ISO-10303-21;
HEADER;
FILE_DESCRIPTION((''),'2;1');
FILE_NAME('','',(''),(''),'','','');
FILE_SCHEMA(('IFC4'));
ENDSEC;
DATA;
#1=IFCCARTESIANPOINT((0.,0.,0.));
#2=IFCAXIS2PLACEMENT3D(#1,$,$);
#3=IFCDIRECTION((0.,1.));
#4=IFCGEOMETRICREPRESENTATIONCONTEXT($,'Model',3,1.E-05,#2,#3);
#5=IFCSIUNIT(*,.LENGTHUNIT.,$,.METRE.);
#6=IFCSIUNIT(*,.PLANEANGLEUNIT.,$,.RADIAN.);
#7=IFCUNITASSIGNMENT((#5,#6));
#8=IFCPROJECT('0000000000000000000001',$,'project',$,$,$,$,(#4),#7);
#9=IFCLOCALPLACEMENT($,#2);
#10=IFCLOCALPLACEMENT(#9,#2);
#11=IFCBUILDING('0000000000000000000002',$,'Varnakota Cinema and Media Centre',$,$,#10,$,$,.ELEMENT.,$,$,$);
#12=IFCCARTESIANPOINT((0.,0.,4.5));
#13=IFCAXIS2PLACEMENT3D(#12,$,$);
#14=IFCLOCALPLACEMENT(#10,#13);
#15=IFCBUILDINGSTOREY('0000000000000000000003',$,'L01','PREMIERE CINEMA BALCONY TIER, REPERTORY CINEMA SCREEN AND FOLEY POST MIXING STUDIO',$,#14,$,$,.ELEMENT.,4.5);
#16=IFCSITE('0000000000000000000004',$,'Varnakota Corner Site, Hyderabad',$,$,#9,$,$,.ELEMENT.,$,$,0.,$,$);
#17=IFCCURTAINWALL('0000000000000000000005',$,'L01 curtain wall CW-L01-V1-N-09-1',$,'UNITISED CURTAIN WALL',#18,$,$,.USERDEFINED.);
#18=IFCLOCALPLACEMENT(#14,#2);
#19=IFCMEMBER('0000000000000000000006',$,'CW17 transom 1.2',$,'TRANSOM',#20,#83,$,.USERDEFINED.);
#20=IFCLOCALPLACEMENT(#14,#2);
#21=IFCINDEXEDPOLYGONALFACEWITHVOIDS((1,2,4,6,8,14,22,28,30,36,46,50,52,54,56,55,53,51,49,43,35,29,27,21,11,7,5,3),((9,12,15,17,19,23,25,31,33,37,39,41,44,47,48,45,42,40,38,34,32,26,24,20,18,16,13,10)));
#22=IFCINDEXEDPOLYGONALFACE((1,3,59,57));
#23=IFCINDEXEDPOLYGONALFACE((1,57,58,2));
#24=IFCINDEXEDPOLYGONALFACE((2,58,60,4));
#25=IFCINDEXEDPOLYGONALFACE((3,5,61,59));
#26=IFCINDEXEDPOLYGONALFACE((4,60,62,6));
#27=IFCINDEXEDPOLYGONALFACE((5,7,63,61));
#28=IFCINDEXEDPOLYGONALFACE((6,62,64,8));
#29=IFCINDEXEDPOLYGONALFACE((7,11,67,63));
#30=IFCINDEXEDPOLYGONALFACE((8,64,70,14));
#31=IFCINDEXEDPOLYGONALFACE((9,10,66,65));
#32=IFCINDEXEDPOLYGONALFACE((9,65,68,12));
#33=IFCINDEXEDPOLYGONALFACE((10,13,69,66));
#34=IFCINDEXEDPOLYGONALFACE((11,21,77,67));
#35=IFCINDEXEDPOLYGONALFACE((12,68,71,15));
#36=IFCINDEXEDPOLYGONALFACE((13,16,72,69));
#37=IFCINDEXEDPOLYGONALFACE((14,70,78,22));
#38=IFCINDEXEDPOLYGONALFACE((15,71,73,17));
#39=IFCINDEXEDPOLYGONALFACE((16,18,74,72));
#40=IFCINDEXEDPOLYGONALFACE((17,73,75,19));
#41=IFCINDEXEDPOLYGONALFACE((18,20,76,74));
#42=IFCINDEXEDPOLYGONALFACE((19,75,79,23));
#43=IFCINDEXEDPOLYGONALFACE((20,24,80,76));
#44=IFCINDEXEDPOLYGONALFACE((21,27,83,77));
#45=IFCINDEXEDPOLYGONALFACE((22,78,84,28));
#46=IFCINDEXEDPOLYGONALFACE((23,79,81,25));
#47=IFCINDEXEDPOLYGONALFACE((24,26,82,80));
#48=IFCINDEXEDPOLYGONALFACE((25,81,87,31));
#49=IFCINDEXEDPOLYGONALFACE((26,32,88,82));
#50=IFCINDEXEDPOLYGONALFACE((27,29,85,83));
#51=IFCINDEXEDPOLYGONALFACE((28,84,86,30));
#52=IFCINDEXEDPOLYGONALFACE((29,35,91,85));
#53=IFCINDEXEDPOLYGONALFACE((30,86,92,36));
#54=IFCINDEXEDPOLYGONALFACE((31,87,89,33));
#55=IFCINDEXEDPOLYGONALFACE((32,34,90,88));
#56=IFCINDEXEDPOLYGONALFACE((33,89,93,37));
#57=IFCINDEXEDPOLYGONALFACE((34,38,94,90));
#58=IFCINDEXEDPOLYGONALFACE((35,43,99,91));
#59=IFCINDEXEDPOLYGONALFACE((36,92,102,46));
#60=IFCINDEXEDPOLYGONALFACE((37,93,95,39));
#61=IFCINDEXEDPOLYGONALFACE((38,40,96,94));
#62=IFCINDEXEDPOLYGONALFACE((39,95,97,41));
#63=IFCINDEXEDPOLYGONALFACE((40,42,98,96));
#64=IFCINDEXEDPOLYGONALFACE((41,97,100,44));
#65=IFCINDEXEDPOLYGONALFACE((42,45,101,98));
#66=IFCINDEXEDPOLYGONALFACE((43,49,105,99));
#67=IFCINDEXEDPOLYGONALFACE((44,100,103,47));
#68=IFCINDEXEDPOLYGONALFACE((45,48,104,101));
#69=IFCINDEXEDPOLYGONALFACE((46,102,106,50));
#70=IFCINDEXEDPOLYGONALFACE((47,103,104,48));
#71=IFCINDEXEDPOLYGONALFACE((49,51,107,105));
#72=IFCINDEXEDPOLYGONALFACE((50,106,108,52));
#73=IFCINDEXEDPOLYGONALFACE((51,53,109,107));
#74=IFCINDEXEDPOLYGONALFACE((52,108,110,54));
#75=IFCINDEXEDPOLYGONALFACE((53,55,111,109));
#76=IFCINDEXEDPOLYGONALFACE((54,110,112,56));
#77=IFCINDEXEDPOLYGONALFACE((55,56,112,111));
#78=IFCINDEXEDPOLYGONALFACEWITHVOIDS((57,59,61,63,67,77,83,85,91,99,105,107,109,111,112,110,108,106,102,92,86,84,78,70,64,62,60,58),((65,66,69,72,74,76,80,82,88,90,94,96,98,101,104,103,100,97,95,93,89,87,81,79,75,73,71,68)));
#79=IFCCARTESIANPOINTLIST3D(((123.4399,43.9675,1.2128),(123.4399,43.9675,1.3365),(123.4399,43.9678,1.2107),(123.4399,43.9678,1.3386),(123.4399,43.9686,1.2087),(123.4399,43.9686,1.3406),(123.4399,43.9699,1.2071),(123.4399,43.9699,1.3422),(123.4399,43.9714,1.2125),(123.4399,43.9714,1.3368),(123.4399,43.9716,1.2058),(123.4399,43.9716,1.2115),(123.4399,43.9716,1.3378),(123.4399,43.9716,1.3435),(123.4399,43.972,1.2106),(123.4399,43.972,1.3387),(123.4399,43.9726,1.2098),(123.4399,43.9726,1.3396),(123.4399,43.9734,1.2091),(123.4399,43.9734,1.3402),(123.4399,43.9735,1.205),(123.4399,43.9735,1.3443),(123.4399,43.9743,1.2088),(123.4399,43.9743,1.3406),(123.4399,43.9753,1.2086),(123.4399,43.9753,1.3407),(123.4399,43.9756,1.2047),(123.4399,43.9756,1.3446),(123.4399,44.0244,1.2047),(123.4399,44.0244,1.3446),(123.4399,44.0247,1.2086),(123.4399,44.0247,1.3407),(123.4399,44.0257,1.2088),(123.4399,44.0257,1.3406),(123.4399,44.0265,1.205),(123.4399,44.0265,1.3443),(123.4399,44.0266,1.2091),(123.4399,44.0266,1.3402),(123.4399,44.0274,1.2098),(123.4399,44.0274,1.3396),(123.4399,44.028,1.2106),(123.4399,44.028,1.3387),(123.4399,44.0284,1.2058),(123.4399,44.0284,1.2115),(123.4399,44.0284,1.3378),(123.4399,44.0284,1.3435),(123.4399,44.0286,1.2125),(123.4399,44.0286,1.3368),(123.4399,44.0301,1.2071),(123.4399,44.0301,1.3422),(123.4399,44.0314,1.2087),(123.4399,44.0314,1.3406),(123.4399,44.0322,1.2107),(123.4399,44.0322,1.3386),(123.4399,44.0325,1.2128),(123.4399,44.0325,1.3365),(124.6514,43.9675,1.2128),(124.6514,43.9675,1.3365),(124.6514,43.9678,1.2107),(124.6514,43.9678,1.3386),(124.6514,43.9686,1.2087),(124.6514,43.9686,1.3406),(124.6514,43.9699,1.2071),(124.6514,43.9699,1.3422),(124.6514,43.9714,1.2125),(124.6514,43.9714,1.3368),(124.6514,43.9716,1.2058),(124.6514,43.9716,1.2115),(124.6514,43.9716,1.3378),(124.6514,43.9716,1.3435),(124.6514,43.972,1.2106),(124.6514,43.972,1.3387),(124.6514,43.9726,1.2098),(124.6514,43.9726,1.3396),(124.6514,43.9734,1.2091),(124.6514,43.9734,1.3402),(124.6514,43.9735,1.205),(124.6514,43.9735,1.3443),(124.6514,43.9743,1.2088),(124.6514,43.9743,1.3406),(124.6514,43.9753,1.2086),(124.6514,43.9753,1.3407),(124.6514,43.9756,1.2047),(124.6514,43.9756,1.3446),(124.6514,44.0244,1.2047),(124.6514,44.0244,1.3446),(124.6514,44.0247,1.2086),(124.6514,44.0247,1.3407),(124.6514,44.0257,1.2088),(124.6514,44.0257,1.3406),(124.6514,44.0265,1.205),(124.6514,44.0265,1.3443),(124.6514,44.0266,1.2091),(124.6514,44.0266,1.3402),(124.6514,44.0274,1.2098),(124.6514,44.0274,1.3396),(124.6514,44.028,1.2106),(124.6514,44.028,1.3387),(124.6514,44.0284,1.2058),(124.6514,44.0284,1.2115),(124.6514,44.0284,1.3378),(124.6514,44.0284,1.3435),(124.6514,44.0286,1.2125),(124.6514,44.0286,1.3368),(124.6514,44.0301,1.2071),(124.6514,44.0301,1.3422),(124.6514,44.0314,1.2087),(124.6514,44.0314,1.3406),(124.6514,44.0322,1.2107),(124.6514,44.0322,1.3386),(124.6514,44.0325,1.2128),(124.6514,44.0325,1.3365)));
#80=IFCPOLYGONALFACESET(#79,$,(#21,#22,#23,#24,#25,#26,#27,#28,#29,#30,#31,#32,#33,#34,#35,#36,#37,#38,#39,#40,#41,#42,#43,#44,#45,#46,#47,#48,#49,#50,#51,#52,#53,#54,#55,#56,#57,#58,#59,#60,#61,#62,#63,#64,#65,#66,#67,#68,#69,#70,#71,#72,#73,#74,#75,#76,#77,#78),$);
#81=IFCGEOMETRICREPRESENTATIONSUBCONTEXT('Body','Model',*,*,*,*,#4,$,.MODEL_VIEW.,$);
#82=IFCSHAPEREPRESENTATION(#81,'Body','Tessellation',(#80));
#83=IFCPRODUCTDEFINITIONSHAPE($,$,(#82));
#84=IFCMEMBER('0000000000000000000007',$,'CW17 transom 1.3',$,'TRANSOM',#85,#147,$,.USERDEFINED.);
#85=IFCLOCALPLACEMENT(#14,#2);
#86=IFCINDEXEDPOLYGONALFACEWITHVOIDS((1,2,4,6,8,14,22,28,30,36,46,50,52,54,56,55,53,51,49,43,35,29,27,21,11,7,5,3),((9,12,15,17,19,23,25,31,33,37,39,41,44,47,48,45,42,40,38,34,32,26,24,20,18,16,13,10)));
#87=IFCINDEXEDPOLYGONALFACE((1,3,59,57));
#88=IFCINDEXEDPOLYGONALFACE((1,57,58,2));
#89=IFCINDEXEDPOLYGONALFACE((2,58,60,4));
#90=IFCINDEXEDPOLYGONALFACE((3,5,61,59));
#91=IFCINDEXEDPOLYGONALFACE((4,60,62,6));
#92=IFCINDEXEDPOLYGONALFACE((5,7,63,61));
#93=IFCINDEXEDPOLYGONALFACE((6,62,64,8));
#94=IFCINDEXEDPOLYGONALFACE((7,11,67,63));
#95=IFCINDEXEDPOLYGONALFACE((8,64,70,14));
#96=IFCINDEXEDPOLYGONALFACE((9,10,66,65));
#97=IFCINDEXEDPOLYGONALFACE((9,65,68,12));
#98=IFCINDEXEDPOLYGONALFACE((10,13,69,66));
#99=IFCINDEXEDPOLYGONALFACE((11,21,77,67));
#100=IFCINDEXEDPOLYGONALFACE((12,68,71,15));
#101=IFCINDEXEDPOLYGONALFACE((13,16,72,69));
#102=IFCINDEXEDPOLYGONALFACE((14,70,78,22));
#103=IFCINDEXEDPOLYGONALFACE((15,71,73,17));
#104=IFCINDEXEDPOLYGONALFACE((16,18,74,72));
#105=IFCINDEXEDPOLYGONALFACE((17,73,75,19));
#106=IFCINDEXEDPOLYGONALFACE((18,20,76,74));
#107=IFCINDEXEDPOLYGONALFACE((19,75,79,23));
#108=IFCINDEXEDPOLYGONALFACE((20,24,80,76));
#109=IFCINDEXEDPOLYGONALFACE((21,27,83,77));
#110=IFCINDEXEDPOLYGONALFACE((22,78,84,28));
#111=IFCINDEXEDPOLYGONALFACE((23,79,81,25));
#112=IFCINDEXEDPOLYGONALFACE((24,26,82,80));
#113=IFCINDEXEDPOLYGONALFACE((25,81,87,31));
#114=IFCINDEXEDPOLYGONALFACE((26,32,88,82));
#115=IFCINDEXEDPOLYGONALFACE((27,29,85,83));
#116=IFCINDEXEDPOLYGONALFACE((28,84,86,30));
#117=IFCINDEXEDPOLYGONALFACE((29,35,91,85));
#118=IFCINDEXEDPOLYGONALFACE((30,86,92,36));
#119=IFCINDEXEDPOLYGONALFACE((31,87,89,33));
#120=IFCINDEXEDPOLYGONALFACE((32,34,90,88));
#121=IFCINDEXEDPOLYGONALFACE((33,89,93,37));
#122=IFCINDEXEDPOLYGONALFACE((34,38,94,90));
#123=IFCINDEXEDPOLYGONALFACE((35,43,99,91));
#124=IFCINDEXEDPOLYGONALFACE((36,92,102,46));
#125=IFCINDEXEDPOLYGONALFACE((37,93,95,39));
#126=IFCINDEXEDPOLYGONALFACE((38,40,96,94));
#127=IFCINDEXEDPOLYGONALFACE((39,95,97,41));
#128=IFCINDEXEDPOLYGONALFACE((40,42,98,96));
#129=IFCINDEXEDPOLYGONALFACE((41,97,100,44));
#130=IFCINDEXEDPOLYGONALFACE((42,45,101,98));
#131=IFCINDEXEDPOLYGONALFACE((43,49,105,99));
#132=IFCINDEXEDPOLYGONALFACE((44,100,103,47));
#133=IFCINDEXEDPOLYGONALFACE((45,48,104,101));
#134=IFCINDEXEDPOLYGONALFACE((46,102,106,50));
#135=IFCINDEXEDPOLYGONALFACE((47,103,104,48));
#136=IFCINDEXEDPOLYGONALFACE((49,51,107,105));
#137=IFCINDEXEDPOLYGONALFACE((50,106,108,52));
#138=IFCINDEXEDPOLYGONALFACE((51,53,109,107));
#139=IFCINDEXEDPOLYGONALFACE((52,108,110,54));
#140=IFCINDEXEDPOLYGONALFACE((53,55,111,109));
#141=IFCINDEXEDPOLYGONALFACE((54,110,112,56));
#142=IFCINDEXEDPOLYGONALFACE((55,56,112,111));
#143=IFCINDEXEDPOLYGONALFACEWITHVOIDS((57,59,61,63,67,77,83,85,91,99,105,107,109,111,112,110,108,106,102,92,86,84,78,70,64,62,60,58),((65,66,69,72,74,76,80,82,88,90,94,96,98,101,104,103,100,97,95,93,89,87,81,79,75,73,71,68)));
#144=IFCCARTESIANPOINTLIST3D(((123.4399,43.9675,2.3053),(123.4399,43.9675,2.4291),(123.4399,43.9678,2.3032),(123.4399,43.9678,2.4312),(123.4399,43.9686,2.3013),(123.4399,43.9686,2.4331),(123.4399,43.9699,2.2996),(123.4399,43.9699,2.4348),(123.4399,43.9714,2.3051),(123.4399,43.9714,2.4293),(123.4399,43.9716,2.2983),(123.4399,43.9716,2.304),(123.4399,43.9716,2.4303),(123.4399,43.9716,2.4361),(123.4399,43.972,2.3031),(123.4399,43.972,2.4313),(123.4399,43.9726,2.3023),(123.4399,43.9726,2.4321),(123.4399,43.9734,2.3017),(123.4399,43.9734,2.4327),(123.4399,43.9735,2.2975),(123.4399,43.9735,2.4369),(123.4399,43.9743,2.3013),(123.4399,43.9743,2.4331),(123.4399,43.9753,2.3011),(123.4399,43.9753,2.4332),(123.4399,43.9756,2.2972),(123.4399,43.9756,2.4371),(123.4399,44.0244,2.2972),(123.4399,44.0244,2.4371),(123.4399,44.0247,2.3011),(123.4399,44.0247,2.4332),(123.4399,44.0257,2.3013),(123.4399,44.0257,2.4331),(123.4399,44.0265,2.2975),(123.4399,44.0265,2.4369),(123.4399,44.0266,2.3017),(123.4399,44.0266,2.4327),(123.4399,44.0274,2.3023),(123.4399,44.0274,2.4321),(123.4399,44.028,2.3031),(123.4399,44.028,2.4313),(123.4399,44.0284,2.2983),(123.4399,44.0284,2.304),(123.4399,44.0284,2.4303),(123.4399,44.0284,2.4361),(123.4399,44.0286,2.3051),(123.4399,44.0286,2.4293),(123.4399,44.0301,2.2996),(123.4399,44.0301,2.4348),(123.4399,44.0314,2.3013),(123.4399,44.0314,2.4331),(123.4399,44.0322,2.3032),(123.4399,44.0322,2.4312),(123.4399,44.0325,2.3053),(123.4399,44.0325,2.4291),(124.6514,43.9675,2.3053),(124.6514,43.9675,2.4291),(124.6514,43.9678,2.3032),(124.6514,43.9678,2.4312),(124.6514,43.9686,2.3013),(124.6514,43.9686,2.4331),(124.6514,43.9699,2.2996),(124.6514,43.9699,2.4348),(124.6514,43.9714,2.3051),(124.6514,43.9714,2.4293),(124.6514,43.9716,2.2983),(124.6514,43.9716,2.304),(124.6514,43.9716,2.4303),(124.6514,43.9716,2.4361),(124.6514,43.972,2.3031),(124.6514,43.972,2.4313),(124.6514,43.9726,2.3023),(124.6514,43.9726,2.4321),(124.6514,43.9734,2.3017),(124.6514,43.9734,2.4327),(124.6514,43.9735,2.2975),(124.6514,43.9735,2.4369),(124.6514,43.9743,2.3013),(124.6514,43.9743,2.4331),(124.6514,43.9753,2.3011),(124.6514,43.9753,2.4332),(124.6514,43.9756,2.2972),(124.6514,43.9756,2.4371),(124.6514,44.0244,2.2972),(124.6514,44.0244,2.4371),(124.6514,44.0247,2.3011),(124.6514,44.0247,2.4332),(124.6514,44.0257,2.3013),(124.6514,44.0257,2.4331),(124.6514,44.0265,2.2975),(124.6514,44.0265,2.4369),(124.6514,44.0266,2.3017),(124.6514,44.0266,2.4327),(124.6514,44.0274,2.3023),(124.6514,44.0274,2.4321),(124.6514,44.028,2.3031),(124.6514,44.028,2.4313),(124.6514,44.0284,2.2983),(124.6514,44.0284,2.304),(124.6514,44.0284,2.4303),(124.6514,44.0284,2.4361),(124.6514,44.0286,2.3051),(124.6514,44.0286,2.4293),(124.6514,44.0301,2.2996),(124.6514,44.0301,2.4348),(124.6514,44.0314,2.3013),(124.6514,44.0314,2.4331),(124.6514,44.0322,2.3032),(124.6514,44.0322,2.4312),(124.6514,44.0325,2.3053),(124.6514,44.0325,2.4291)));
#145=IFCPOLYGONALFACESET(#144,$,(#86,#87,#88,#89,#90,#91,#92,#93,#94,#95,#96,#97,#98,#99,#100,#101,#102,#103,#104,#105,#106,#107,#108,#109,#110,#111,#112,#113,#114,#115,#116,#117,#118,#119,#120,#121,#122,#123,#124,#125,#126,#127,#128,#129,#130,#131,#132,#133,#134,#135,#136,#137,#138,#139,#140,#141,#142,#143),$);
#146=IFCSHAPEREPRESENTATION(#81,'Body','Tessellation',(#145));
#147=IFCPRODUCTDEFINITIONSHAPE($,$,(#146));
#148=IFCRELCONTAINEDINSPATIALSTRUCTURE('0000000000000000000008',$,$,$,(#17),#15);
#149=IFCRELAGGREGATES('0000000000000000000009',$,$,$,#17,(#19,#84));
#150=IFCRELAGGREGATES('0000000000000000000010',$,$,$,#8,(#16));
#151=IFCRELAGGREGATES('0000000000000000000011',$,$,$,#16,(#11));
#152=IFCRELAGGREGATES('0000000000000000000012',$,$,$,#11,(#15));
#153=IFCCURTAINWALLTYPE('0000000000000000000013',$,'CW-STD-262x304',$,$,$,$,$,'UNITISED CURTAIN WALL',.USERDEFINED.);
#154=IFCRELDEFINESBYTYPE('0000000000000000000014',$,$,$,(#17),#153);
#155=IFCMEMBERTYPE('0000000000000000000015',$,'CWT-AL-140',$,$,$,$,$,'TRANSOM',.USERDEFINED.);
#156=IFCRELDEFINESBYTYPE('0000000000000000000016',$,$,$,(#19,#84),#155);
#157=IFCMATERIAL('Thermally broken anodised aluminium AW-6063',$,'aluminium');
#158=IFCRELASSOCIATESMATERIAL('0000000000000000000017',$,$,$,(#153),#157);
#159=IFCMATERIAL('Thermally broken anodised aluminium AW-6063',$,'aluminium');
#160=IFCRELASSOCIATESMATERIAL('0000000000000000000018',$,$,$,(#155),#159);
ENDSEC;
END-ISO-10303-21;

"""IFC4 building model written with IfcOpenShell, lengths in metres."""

from ifc_helpers import new_model, si_unit, direction, frame, origin, origin_2d, place, context, subcontext, project, spatial, hollow_rectangle, extrude, material, material_profile, profile_set, type_object, element, aggregate, save


model = new_model("IFC4")

# Units and contexts
model_context = context("Model", 3, precision=1e-05, world=origin(), true_north=direction((0.0, 1.0)))
body_context = subcontext(model_context, "Body", "Model", "MODEL_VIEW")
ifc_project = project(units=[si_unit("LENGTHUNIT", "METRE"), si_unit("PLANEANGLEUNIT", "RADIAN")], contexts=[model_context])

# Site, building, storey
site_placement = place(None, origin())
site = spatial("IfcSite", under=ifc_project, at=site_placement, Name="Varnakota Corner Site, Hyderabad", CompositionType="ELEMENT", RefElevation=0.0)
building_placement = place(site_placement, origin())
building = spatial("IfcBuilding", under=site, at=building_placement, Name="Varnakota Cinema and Media Centre", CompositionType="ELEMENT")
storey_placement = place(building_placement, frame((0.0, 0.0, 4.5)))
storey = spatial("IfcBuildingStorey", under=building, at=storey_placement, Name="L01", Description="PREMIERE CINEMA BALCONY TIER, REPERTORY CINEMA SCREEN AND FOLEY POST MIXING STUDIO", CompositionType="ELEMENT", Elevation=4.5)

# Curtain wall
ifc_material_1 = material(Name="Thermally broken anodised aluminium AW-6063", Category="aluminium")
curtain_wall_type = type_object("IfcCurtainWallType", Name="CW-STD-262x304", ElementType="UNITISED CURTAIN WALL", PredefinedType="USERDEFINED", material=ifc_material_1)
curtain_wall_1_placement = place(storey_placement, origin())
curtain_wall_1 = element("IfcCurtainWall", 1, at=curtain_wall_1_placement, inside=storey, type_object=curtain_wall_type, Name="L01 curtain wall CW-L01-V1-N-09-1", ObjectType="UNITISED CURTAIN WALL", PredefinedType="USERDEFINED")

# Members
ifc_material_2 = material(Name="Thermally broken anodised aluminium AW-6063", Category="aluminium")
ifc_material_profile_1 = material_profile(ifc_material_2, hollow_rectangle(XDim=0.0649, YDim=0.1399, WallThickness=0.0039, InnerFilletRadius=0.0039, OuterFilletRadius=0.0081, at=origin_2d()), Name="AL-TRANSOM 140x65x4")
ifc_profile_set_1 = profile_set([ifc_material_profile_1], Name="Thermally broken anodised aluminium AW-6063")
member_type_1 = type_object("IfcMemberType", Name="CWT-AL-140", ElementType="TRANSOM", PredefinedType="USERDEFINED", material=ifc_profile_set_1)
member_1_placement = place(storey_placement, frame((123.4399, 44.0, 1.2747), z_axis=(1.0, 0.0, 0.0), x_axis=(0.0, 1.0, 0.0)))
member_1 = element("IfcMember", 2, at=member_1_placement, type_object=member_type_1, Name="CW17 transom 1.2", ObjectType="TRANSOM", PredefinedType="USERDEFINED", context=body_context, shape_type="SweptSolid", body=[
    extrude(hollow_rectangle(XDim=0.0649, YDim=0.1399, WallThickness=0.0039, InnerFilletRadius=0.0039, OuterFilletRadius=0.0081, at=origin_2d()), origin(), (0.0, 0.0, 1.0), 1.2114),
])
member_2_placement = place(storey_placement, frame((123.4399, 44.0, 2.3672), z_axis=(1.0, 0.0, 0.0), x_axis=(0.0, 1.0, 0.0)))
member_2 = element("IfcMember", 3, at=member_2_placement, type_object=member_type_1, Name="CW17 transom 1.3", ObjectType="TRANSOM", PredefinedType="USERDEFINED", context=body_context, shape_type="SweptSolid", body=[
    extrude(hollow_rectangle(XDim=0.0649, YDim=0.1399, WallThickness=0.0039, InnerFilletRadius=0.0039, OuterFilletRadius=0.0081, at=origin_2d()), origin(), (0.0, 0.0, 1.0), 1.2114),
])

aggregate(curtain_wall_1, [member_1, member_2])

save(model, "model.ifc")
